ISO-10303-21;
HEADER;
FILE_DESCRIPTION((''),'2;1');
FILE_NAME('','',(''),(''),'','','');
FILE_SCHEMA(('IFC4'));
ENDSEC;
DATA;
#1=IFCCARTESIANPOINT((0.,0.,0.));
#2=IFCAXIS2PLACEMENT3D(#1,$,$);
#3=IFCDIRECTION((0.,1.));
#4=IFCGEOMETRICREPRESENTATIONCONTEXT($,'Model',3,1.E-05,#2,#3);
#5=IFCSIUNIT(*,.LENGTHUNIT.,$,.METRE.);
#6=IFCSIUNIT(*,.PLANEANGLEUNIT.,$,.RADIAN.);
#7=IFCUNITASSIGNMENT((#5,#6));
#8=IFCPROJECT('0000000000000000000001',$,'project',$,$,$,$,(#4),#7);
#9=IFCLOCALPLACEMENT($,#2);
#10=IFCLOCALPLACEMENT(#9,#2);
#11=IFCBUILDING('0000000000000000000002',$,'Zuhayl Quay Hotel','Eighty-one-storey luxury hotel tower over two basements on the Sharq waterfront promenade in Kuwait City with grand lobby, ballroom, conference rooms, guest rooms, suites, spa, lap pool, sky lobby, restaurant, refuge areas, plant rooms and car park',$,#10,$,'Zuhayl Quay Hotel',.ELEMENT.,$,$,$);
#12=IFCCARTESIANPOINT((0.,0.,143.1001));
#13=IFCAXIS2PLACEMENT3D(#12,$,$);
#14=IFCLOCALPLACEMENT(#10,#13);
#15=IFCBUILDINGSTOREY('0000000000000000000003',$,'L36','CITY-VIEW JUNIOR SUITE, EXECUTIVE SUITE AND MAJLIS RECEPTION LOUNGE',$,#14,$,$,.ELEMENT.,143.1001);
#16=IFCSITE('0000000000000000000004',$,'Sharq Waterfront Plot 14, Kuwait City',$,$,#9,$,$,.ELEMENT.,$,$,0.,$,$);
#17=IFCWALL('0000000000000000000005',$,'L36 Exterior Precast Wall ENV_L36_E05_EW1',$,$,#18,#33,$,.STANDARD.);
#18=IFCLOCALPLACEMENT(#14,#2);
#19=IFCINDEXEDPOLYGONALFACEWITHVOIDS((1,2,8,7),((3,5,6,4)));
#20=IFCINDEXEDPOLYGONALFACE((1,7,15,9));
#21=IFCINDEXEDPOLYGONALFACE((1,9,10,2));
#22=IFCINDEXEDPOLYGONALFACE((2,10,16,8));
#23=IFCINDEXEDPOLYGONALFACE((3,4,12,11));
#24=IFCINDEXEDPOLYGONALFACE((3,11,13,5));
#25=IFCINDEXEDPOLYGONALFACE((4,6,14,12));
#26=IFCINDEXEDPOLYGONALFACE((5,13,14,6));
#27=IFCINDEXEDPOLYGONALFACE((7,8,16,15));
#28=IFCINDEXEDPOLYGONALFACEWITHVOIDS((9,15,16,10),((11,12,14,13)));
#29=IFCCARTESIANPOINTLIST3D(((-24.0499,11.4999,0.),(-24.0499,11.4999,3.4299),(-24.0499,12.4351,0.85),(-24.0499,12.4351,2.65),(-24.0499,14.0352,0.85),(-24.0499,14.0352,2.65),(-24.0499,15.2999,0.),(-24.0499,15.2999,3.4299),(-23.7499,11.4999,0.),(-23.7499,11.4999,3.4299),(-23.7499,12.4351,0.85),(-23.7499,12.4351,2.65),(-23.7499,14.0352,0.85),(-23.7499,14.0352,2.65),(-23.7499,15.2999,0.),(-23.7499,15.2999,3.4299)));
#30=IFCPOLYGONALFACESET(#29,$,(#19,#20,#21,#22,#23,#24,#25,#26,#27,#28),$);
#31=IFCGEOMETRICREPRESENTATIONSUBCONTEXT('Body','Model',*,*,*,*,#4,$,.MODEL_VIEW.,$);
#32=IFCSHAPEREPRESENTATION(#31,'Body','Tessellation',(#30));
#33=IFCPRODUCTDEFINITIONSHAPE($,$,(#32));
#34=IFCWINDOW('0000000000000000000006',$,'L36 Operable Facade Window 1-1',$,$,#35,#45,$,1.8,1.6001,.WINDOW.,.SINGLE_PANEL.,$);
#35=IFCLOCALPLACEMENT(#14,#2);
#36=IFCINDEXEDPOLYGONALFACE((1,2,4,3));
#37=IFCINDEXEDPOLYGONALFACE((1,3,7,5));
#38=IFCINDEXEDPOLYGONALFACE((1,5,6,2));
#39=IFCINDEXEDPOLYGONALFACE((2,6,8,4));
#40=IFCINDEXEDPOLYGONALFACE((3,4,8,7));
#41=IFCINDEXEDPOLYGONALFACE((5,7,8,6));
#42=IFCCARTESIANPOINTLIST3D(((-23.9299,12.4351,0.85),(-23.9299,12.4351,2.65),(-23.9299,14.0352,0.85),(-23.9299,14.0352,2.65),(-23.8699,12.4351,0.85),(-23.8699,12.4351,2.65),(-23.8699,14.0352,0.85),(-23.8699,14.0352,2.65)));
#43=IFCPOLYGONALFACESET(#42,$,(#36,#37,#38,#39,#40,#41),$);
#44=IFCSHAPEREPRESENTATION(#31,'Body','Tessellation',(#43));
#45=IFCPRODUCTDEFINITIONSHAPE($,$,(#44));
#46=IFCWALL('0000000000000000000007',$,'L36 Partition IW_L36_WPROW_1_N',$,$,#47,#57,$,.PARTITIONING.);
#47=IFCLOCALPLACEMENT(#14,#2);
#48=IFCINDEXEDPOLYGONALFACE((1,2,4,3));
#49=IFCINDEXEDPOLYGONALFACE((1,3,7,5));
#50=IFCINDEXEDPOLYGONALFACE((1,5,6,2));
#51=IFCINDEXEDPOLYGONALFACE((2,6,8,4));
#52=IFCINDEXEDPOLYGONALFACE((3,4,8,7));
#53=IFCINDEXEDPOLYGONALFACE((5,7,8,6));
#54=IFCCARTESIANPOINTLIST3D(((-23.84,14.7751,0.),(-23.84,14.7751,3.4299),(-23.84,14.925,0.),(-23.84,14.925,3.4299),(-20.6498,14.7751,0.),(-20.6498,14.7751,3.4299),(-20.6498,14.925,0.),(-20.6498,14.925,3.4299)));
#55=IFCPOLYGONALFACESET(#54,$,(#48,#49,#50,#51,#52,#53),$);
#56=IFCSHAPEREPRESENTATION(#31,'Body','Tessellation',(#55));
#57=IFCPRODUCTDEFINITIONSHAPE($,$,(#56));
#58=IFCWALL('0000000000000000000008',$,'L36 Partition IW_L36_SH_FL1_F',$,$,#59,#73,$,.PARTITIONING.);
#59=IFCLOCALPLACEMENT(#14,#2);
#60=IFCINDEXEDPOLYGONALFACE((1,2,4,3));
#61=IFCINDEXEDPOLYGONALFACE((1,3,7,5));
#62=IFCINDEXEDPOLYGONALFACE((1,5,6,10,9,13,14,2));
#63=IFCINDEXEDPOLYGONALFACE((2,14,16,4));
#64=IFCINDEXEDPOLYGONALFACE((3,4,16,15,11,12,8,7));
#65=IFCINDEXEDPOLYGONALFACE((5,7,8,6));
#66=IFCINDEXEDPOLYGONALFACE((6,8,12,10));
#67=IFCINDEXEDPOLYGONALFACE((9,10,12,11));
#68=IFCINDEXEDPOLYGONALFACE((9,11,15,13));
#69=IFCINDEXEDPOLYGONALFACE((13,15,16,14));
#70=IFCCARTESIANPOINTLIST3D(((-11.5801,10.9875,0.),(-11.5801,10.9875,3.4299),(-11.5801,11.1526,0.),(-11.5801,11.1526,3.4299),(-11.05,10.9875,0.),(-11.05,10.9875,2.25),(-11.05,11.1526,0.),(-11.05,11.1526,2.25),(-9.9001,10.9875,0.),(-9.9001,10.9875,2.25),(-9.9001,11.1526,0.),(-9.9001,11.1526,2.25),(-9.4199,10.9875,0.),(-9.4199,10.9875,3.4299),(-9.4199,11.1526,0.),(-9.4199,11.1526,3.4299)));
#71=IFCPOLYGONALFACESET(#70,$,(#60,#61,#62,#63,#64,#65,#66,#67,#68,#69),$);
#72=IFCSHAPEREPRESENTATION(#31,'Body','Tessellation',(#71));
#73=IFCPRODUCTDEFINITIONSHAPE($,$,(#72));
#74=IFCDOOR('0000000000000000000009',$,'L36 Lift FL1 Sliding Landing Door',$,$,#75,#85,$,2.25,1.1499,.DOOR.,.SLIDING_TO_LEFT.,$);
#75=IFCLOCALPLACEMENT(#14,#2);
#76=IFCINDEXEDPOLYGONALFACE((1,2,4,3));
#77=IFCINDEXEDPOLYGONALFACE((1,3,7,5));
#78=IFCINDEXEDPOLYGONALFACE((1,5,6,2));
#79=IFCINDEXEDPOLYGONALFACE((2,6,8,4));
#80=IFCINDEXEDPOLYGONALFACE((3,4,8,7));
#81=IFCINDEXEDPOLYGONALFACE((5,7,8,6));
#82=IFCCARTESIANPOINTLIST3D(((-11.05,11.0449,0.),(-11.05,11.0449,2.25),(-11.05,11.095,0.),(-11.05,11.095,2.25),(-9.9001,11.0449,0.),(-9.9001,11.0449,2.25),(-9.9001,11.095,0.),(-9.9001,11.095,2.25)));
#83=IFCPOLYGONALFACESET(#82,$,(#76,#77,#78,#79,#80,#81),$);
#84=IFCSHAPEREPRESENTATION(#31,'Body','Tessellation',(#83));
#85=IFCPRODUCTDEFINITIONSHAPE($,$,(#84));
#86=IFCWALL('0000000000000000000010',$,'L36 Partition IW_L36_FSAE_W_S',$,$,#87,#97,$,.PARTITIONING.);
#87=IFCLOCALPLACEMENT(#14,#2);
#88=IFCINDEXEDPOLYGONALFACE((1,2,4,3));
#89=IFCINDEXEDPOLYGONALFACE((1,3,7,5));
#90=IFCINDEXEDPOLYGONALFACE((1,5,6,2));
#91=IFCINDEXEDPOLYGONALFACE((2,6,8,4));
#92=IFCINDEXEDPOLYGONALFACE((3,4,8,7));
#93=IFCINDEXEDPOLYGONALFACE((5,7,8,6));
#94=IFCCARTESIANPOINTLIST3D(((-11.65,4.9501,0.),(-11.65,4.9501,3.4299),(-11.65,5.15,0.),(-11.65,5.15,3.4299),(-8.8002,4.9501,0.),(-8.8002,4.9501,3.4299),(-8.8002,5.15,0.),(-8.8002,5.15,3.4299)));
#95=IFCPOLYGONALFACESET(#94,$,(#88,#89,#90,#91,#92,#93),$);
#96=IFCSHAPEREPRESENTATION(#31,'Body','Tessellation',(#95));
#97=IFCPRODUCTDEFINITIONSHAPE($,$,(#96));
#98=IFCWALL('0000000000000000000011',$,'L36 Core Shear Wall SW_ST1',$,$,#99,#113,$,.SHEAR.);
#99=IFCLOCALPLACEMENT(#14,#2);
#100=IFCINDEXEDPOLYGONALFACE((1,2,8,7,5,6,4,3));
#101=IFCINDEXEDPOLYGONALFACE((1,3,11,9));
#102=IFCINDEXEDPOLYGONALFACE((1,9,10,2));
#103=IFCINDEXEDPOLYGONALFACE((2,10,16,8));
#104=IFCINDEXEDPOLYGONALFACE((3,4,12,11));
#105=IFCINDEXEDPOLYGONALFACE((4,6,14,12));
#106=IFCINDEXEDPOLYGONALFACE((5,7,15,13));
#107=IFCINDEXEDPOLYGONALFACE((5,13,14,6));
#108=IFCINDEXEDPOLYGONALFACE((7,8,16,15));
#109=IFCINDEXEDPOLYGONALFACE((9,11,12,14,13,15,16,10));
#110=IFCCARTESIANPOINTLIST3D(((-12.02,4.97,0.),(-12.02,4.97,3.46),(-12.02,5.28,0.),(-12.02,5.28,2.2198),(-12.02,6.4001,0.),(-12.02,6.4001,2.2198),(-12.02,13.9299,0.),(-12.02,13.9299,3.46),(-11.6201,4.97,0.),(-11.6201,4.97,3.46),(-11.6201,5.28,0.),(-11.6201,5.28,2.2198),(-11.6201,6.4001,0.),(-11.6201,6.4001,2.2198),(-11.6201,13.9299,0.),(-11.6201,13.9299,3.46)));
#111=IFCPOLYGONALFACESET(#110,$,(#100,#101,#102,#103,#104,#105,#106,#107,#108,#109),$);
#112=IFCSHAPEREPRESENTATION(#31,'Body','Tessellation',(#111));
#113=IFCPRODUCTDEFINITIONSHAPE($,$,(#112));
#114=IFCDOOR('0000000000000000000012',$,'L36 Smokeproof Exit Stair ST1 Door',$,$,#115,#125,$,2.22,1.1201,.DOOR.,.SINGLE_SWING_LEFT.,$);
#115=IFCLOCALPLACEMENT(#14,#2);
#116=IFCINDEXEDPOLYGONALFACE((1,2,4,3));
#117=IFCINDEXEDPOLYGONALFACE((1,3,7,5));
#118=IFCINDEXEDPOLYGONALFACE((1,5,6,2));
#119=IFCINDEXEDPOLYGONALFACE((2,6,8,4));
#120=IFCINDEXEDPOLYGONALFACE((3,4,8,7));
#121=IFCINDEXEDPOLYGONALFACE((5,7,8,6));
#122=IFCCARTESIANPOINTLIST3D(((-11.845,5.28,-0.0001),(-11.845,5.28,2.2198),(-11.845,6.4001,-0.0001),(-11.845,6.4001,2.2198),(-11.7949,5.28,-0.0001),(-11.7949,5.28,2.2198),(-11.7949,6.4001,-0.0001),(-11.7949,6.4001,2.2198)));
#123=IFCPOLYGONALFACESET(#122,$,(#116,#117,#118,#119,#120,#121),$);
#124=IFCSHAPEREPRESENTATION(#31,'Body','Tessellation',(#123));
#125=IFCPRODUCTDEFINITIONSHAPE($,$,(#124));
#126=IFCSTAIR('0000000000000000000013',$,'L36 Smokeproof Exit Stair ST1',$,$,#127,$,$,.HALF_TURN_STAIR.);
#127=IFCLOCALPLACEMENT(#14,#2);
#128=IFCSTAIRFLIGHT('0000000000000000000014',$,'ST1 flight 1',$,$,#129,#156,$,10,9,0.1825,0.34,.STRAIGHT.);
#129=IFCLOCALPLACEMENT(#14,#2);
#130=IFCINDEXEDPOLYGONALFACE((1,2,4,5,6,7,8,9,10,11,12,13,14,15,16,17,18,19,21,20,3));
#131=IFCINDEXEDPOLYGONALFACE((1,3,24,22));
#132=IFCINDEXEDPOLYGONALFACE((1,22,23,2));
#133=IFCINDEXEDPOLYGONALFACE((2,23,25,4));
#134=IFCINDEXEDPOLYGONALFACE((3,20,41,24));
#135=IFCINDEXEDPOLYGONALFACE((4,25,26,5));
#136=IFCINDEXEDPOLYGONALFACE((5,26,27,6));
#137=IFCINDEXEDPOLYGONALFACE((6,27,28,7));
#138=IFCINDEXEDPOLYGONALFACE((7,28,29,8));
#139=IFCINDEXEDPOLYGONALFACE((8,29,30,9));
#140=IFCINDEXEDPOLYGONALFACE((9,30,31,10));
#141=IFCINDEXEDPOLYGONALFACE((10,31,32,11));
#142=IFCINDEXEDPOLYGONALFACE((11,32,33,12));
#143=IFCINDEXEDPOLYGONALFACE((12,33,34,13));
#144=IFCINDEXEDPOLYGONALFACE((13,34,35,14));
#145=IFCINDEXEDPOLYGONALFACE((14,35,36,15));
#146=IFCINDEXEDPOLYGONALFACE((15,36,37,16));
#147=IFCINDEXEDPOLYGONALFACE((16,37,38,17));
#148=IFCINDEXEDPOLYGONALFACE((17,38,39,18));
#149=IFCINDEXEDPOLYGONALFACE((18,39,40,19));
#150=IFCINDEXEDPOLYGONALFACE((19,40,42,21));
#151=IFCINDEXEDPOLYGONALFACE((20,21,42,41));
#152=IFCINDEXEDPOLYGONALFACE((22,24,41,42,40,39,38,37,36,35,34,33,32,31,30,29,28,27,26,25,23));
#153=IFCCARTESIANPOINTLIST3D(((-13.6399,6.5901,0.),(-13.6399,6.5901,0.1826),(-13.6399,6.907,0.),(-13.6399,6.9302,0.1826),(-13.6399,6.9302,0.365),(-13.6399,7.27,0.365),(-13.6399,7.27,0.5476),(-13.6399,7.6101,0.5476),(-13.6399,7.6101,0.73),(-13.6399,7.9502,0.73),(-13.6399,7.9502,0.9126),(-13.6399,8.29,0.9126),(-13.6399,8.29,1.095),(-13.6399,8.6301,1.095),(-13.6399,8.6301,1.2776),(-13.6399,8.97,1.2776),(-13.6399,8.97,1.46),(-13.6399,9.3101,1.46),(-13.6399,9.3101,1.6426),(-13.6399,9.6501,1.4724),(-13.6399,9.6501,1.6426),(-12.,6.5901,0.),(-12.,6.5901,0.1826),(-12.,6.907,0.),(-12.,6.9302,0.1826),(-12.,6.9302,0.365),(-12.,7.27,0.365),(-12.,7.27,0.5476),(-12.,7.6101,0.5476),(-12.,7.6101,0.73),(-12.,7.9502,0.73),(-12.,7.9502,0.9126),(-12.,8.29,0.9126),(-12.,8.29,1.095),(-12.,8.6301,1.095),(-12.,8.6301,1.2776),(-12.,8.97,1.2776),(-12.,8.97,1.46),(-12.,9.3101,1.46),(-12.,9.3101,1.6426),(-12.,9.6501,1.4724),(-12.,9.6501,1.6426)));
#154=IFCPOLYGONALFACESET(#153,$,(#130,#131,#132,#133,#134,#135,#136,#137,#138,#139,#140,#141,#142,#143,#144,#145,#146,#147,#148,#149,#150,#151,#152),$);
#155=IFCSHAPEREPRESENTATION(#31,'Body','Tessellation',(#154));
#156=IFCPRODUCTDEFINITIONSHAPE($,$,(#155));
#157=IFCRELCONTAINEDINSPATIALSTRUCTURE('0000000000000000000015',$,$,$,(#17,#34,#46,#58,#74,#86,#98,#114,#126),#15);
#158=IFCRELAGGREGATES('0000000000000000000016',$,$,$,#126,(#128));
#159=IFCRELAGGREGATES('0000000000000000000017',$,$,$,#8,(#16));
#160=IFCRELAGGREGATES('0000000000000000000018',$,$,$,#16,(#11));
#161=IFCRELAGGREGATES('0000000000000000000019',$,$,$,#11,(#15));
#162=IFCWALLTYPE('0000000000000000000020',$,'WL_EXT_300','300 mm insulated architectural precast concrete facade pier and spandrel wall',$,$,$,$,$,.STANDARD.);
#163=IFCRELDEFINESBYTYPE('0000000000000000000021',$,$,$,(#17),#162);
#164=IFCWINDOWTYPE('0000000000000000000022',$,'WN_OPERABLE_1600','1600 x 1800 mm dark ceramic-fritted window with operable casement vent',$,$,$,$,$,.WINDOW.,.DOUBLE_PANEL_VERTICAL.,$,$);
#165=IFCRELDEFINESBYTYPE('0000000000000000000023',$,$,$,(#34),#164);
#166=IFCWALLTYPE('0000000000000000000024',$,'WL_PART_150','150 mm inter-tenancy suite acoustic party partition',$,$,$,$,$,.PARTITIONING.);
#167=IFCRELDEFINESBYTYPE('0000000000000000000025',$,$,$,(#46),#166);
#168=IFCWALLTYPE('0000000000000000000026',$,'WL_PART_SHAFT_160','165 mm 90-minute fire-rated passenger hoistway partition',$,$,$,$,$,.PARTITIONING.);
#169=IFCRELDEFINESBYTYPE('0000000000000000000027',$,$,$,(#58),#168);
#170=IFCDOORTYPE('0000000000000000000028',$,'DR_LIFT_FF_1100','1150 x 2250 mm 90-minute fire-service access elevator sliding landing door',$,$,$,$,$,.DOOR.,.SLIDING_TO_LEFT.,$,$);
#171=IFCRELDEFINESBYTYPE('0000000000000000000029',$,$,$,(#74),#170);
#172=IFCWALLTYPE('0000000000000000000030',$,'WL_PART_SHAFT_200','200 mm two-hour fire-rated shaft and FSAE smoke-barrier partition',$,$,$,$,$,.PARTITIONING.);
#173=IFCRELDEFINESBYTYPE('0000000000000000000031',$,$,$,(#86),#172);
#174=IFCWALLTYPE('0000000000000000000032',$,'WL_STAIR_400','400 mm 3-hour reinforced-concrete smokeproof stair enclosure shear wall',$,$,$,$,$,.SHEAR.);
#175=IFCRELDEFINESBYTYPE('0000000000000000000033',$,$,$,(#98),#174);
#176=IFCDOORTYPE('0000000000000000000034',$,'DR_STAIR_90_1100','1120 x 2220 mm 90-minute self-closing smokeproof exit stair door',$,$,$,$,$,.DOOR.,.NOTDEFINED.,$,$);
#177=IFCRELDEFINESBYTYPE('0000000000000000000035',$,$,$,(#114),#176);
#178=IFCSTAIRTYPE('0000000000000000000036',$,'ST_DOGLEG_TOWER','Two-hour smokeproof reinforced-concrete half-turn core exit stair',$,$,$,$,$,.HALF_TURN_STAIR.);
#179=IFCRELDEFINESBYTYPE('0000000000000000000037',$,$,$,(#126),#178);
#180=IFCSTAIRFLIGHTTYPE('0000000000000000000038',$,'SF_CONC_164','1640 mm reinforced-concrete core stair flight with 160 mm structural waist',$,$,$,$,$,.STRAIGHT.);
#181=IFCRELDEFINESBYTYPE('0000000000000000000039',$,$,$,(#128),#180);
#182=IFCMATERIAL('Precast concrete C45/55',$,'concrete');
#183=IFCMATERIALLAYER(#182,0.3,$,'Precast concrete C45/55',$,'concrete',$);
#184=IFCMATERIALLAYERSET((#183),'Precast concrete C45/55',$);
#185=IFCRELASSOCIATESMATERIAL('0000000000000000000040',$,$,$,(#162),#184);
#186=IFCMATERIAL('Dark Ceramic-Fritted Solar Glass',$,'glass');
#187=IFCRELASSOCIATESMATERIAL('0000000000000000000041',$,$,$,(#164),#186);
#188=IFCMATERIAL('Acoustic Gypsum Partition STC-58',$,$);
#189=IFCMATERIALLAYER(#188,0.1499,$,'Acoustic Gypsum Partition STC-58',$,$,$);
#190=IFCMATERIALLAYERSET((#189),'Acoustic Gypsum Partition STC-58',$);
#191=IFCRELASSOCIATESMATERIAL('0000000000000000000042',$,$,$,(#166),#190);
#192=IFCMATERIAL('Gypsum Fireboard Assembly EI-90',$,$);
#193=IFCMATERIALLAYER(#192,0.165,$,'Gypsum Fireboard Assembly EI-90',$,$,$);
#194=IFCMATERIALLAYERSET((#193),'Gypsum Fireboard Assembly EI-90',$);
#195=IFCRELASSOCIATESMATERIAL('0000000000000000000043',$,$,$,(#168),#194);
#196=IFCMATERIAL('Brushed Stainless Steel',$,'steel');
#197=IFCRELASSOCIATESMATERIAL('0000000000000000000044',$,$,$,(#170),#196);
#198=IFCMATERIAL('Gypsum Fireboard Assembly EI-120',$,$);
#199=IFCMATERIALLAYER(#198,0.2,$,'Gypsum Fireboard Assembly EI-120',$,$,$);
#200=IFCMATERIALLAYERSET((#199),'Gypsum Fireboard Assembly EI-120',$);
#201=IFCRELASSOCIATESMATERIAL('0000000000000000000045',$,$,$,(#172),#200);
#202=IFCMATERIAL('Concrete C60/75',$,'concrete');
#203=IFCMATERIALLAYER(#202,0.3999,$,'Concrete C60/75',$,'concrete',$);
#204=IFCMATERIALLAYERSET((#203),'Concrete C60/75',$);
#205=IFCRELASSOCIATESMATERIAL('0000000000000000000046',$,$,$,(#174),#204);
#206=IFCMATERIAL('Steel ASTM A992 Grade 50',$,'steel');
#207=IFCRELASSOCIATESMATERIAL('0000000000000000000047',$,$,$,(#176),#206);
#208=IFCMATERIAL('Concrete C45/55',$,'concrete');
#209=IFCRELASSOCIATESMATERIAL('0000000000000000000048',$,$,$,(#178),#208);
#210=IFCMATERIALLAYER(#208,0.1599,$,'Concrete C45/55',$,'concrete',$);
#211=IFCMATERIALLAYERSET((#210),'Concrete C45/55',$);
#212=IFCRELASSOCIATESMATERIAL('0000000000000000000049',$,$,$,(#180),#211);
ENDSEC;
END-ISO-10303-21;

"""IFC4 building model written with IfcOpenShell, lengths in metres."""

from ifc_helpers import new_model, si_unit, direction, frame, frame_2d, origin, place, context, subcontext, project, spatial, polyline, rectangle, outline, extrude, material, layer, layer_set, type_object, element, fill, aggregate, save


model = new_model("IFC4")

# Units and contexts
model_context = context("Model", 3, precision=1e-05, world=origin(), true_north=direction((0.0, 1.0)))
body_context = subcontext(model_context, "Body", "Model", "MODEL_VIEW")
ifc_project = project(units=[si_unit("LENGTHUNIT", "METRE"), si_unit("PLANEANGLEUNIT", "RADIAN")], contexts=[model_context])

# Site, building, storey
site_placement = place(None, origin())
site = spatial("IfcSite", under=ifc_project, at=site_placement, Name="Sharq Waterfront Plot 14, Kuwait City", CompositionType="ELEMENT", RefElevation=0.0)
building_placement = place(site_placement, origin())
building = spatial("IfcBuilding", under=site, at=building_placement, Name="Zuhayl Quay Hotel", Description="Eighty-one-storey luxury hotel tower over two basements on the Sharq waterfront promenade in Kuwait City with grand lobby, ballroom, conference rooms, guest rooms, suites, spa, lap pool, sky lobby, restaurant, refuge areas, plant rooms and car park", LongName="Zuhayl Quay Hotel", CompositionType="ELEMENT")
storey_placement = place(building_placement, frame((0.0, 0.0, 143.1001)))
storey = spatial("IfcBuildingStorey", under=building, at=storey_placement, Name="L36", Description="CITY-VIEW JUNIOR SUITE, EXECUTIVE SUITE AND MAJLIS RECEPTION LOUNGE", CompositionType="ELEMENT", Elevation=143.1001)

# Shared definitions
ifc_material_1 = material(Name="Steel ASTM A992 Grade 50", Category="steel")

# Shared definitions
ifc_material_2 = material(Name="Concrete C60/75", Category="concrete")

# Wall, opening, window
ifc_material_3 = material(Name="Precast concrete C45/55", Category="concrete")
ifc_layer_1 = layer(ifc_material_3, 0.3, Name="Precast concrete C45/55", Category="concrete")
ifc_layer_set_1 = layer_set([ifc_layer_1], Name="Precast concrete C45/55")
wall_type_1 = type_object("IfcWallType", Name="WL_EXT_300", Description="300 mm insulated architectural precast concrete facade pier and spandrel wall", PredefinedType="STANDARD", material=ifc_layer_set_1)
ifc_material_4 = material(Name="Dark Ceramic-Fritted Solar Glass", Category="glass")
wall_1_placement = place(storey_placement, frame((-23.8999, 11.5, 0.0), z_axis=(0.0, 0.0, 1.0), x_axis=(0.0, 1.0, 0.0)))
wall_1 = element("IfcWall", 1, at=wall_1_placement, inside=storey, type_object=wall_type_1, Name="L36 Exterior Precast Wall ENV_L36_E05_EW1", PredefinedType="STANDARD", context=body_context, shape_type="SweptSolid", body=[
    extrude(rectangle(XDim=3.8, YDim=0.3, at=frame_2d((1.8999, 0.0))), origin(), (0.0, 0.0, 1.0), 3.4299),
])
opening_1_placement = place(wall_1_placement, frame((0.9351, 0.0, 0.8501)))
opening_1 = element("IfcOpeningElement", 2, at=opening_1_placement, cuts=wall_1, PredefinedType="OPENING", context=body_context, shape_type="SweptSolid", body=[
    extrude(rectangle(XDim=1.6001, YDim=1.8, at=frame_2d((0.8, 0.8999))), frame((0.0, 0.1599, 0.0), z_axis=(0.0, -1.0, 0.0), x_axis=(1.0, 0.0, 0.0)), (0.0, 0.0, 1.0), 0.3201),
])
window_type_1 = type_object("IfcWindowType", Name="WN_OPERABLE_1600", Description="1600 x 1800 mm dark ceramic-fritted window with operable casement vent", PartitioningType="DOUBLE_PANEL_VERTICAL", PredefinedType="WINDOW", material=ifc_material_4)
window_1_placement = place(opening_1_placement, origin())
window_1 = element("IfcWindow", 3, at=window_1_placement, inside=storey, type_object=window_type_1, Name="L36 Operable Facade Window 1-1", OverallHeight=1.8, OverallWidth=1.6001, PartitioningType="SINGLE_PANEL", PredefinedType="WINDOW", context=body_context, shape_type="SweptSolid", body=[
    extrude(rectangle(XDim=1.6001, YDim=1.8, at=frame_2d((0.8, 0.8999))), frame((0.0, 0.03, 0.0), z_axis=(0.0, -1.0, 0.0), x_axis=(1.0, 0.0, 0.0)), (0.0, 0.0, 1.0), 0.0601),
])
fill(opening_1, window_1)

# Wall
ifc_material_5 = material(Name="Acoustic Gypsum Partition STC-58")
ifc_layer_2 = layer(ifc_material_5, 0.1499, Name="Acoustic Gypsum Partition STC-58")
ifc_layer_set_2 = layer_set([ifc_layer_2], Name="Acoustic Gypsum Partition STC-58")
wall_type_2 = type_object("IfcWallType", Name="WL_PART_150", Description="150 mm inter-tenancy suite acoustic party partition", PredefinedType="PARTITIONING", material=ifc_layer_set_2)
wall_2_placement = place(storey_placement, frame((-23.8401, 14.8501, 0.0), z_axis=(0.0, 0.0, 1.0), x_axis=(1.0, 0.0, 0.0)))
element("IfcWall", 4, at=wall_2_placement, inside=storey, type_object=wall_type_2, Name="L36 Partition IW_L36_WPROW_1_N", PredefinedType="PARTITIONING", context=body_context, shape_type="SweptSolid", body=[
    extrude(rectangle(XDim=3.1902, YDim=0.1499, at=frame_2d((1.5952, 0.0))), origin(), (0.0, 0.0, 1.0), 3.4299),
])

# Wall, opening, door
ifc_material_6 = material(Name="Gypsum Fireboard Assembly EI-90")
ifc_layer_3 = layer(ifc_material_6, 0.165, Name="Gypsum Fireboard Assembly EI-90")
ifc_layer_set_3 = layer_set([ifc_layer_3], Name="Gypsum Fireboard Assembly EI-90")
wall_type_3 = type_object("IfcWallType", Name="WL_PART_SHAFT_160", Description="165 mm 90-minute fire-rated passenger hoistway partition", PredefinedType="PARTITIONING", material=ifc_layer_set_3)
wall_3_placement = place(storey_placement, frame((-11.5801, 11.0701, 0.0), z_axis=(0.0, 0.0, 1.0), x_axis=(1.0, 0.0, 0.0)))
wall_3 = element("IfcWall", 5, at=wall_3_placement, inside=storey, type_object=wall_type_3, Name="L36 Partition IW_L36_SH_FL1_F", PredefinedType="PARTITIONING", context=body_context, shape_type="SweptSolid", body=[
    extrude(rectangle(XDim=2.1602, YDim=0.165, at=frame_2d((1.0801, 0.0))), origin(), (0.0, 0.0, 1.0), 3.4299),
])
opening_2_placement = place(wall_3_placement, frame((0.53, 0.0, 0.0)))
opening_2 = element("IfcOpeningElement", 6, at=opening_2_placement, cuts=wall_3, PredefinedType="OPENING", context=body_context, shape_type="SweptSolid", body=[
    extrude(rectangle(XDim=1.1499, YDim=2.25, at=frame_2d((0.575, 1.125))), frame((0.0, 0.0925, 0.0), z_axis=(0.0, -1.0, 0.0), x_axis=(1.0, 0.0, 0.0)), (0.0, 0.0, 1.0), 0.1851),
])
ifc_material_7 = material(Name="Brushed Stainless Steel", Category="steel")
door_type_1 = type_object("IfcDoorType", Name="DR_LIFT_FF_1100", Description="1150 x 2250 mm 90-minute fire-service access elevator sliding landing door", OperationType="SLIDING_TO_LEFT", PredefinedType="DOOR", material=ifc_material_7)
door_1_placement = place(opening_2_placement, origin())
door_1 = element("IfcDoor", 7, at=door_1_placement, inside=storey, type_object=door_type_1, Name="L36 Lift FL1 Sliding Landing Door", OperationType="SLIDING_TO_LEFT", OverallHeight=2.25, OverallWidth=1.1499, PredefinedType="DOOR", context=body_context, shape_type="SweptSolid", body=[
    extrude(rectangle(XDim=1.1499, YDim=2.25, at=frame_2d((0.575, 1.125))), frame((0.0, 0.0249, 0.0), z_axis=(0.0, -1.0, 0.0), x_axis=(1.0, 0.0, 0.0)), (0.0, 0.0, 1.0), 0.05),
])
fill(opening_2, door_1)

# Wall
ifc_material_8 = material(Name="Gypsum Fireboard Assembly EI-120")
ifc_layer_4 = layer(ifc_material_8, 0.2, Name="Gypsum Fireboard Assembly EI-120")
ifc_layer_set_4 = layer_set([ifc_layer_4], Name="Gypsum Fireboard Assembly EI-120")
wall_type_4 = type_object("IfcWallType", Name="WL_PART_SHAFT_200", Description="200 mm two-hour fire-rated shaft and FSAE smoke-barrier partition", PredefinedType="PARTITIONING", material=ifc_layer_set_4)
wall_4_placement = place(storey_placement, frame((-11.6499, 5.05, 0.0), z_axis=(0.0, 0.0, 1.0), x_axis=(1.0, 0.0, 0.0)))
element("IfcWall", 8, at=wall_4_placement, inside=storey, type_object=wall_type_4, Name="L36 Partition IW_L36_FSAE_W_S", PredefinedType="PARTITIONING", context=body_context, shape_type="SweptSolid", body=[
    extrude(rectangle(XDim=2.8499, YDim=0.2, at=frame_2d((1.4248, 0.0))), origin(), (0.0, 0.0, 1.0), 3.4299),
])

# Wall, opening, door
ifc_layer_5 = layer(ifc_material_2, 0.3999, Name="Concrete C60/75", Category="concrete")
ifc_layer_set_5 = layer_set([ifc_layer_5], Name="Concrete C60/75")
wall_type_5 = type_object("IfcWallType", Name="WL_STAIR_400", Description="400 mm 3-hour reinforced-concrete smokeproof stair enclosure shear wall", PredefinedType="SHEAR", material=ifc_layer_set_5)
wall_5_placement = place(storey_placement, frame((-11.8201, 4.97, 0.0), z_axis=(0.0, 0.0, 1.0), x_axis=(0.0, 1.0, 0.0)))
wall_5 = element("IfcWall", 9, at=wall_5_placement, inside=storey, type_object=wall_type_5, Name="L36 Core Shear Wall SW_ST1", PredefinedType="SHEAR", context=body_context, shape_type="SweptSolid", body=[
    extrude(rectangle(XDim=8.96, YDim=0.3999, at=frame_2d((4.48, 0.0))), origin(), (0.0, 0.0, 1.0), 3.46),
])
opening_3_placement = place(wall_5_placement, frame((0.3101, 0.0, 0.0)))
opening_3 = element("IfcOpeningElement", 10, at=opening_3_placement, cuts=wall_5, PredefinedType="OPENING", context=body_context, shape_type="SweptSolid", body=[
    extrude(rectangle(XDim=1.1201, YDim=2.22, at=frame_2d((0.5601, 1.1099))), frame((0.0, 0.21, 0.0), z_axis=(0.0, -1.0, 0.0), x_axis=(1.0, 0.0, 0.0)), (0.0, 0.0, 1.0), 0.4199),
])
door_type_2 = type_object("IfcDoorType", Name="DR_STAIR_90_1100", Description="1120 x 2220 mm 90-minute self-closing smokeproof exit stair door", OperationType="NOTDEFINED", PredefinedType="DOOR", material=ifc_material_1)
door_2_placement = place(opening_3_placement, origin())
door_2 = element("IfcDoor", 11, at=door_2_placement, inside=storey, type_object=door_type_2, Name="L36 Smokeproof Exit Stair ST1 Door", OperationType="SINGLE_SWING_LEFT", OverallHeight=2.22, OverallWidth=1.1201, PredefinedType="DOOR", context=body_context, shape_type="SweptSolid", body=[
    extrude(rectangle(XDim=1.1201, YDim=2.22, at=frame_2d((0.5601, 1.1099))), frame((0.0, 0.0249, 0.0), z_axis=(0.0, -1.0, 0.0), x_axis=(1.0, 0.0, 0.0)), (0.0, 0.0, 1.0), 0.05),
])
fill(opening_3, door_2)

# Stair, stair flight
ifc_material_9 = material(Name="Concrete C45/55", Category="concrete")
stair_type = type_object("IfcStairType", Name="ST_DOGLEG_TOWER", Description="Two-hour smokeproof reinforced-concrete half-turn core exit stair", PredefinedType="HALF_TURN_STAIR", material=ifc_material_9)
stair_placement = place(storey_placement, origin())
stair = element("IfcStair", 12, at=stair_placement, inside=storey, type_object=stair_type, Name="L36 Smokeproof Exit Stair ST1", PredefinedType="HALF_TURN_STAIR")
ifc_layer_6 = layer(ifc_material_9, 0.1599, Name="Concrete C45/55", Category="concrete")
ifc_layer_set_6 = layer_set([ifc_layer_6], Name="Concrete C45/55")
stair_flight_type = type_object("IfcStairFlightType", Name="SF_CONC_164", Description="1640 mm reinforced-concrete core stair flight with 160 mm structural waist", PredefinedType="STRAIGHT", material=ifc_layer_set_6)
stair_flight_1_placement = place(storey_placement, frame((-12.8201, 6.5901, 0.0), z_axis=(0.0, 0.0, 1.0), x_axis=(0.0, 1.0, 0.0)))
stair_flight_1 = element("IfcStairFlight", 13, at=stair_flight_1_placement, type_object=stair_flight_type, Name="ST1 flight 1", NumberOfRisers=10, NumberOfTreads=9, PredefinedType="STRAIGHT", RiserHeight=0.1825, TreadLength=0.34, context=body_context, shape_type="SweptSolid", body=[
    extrude(outline(polyline([(0.0, 0.0), (0.0, 0.1826), (0.3401, 0.1826), (0.3401, 0.365), (0.6799, 0.365), (0.6799, 0.5476), (1.02, 0.5476), (1.02, 0.73), (1.3601, 0.73), (1.3601, 0.9126), (1.7, 0.9126), (1.7, 1.095), (2.04, 1.095), (2.04, 1.2776), (2.3799, 1.2776), (2.3799, 1.46), (2.72, 1.46), (2.72, 1.6426), (3.0601, 1.6426), (3.0601, 1.825), (3.0601, 1.4724), (0.3169, 0.0), (0.0, 0.0)])), frame((0.0, 0.8198, 0.0), z_axis=(0.0, -1.0, 0.0), x_axis=(1.0, 0.0, 0.0)), (0.0, 0.0, 1.0), 1.6399),
])
aggregate(stair, [stair_flight_1])

save(model, "model.ifc")
